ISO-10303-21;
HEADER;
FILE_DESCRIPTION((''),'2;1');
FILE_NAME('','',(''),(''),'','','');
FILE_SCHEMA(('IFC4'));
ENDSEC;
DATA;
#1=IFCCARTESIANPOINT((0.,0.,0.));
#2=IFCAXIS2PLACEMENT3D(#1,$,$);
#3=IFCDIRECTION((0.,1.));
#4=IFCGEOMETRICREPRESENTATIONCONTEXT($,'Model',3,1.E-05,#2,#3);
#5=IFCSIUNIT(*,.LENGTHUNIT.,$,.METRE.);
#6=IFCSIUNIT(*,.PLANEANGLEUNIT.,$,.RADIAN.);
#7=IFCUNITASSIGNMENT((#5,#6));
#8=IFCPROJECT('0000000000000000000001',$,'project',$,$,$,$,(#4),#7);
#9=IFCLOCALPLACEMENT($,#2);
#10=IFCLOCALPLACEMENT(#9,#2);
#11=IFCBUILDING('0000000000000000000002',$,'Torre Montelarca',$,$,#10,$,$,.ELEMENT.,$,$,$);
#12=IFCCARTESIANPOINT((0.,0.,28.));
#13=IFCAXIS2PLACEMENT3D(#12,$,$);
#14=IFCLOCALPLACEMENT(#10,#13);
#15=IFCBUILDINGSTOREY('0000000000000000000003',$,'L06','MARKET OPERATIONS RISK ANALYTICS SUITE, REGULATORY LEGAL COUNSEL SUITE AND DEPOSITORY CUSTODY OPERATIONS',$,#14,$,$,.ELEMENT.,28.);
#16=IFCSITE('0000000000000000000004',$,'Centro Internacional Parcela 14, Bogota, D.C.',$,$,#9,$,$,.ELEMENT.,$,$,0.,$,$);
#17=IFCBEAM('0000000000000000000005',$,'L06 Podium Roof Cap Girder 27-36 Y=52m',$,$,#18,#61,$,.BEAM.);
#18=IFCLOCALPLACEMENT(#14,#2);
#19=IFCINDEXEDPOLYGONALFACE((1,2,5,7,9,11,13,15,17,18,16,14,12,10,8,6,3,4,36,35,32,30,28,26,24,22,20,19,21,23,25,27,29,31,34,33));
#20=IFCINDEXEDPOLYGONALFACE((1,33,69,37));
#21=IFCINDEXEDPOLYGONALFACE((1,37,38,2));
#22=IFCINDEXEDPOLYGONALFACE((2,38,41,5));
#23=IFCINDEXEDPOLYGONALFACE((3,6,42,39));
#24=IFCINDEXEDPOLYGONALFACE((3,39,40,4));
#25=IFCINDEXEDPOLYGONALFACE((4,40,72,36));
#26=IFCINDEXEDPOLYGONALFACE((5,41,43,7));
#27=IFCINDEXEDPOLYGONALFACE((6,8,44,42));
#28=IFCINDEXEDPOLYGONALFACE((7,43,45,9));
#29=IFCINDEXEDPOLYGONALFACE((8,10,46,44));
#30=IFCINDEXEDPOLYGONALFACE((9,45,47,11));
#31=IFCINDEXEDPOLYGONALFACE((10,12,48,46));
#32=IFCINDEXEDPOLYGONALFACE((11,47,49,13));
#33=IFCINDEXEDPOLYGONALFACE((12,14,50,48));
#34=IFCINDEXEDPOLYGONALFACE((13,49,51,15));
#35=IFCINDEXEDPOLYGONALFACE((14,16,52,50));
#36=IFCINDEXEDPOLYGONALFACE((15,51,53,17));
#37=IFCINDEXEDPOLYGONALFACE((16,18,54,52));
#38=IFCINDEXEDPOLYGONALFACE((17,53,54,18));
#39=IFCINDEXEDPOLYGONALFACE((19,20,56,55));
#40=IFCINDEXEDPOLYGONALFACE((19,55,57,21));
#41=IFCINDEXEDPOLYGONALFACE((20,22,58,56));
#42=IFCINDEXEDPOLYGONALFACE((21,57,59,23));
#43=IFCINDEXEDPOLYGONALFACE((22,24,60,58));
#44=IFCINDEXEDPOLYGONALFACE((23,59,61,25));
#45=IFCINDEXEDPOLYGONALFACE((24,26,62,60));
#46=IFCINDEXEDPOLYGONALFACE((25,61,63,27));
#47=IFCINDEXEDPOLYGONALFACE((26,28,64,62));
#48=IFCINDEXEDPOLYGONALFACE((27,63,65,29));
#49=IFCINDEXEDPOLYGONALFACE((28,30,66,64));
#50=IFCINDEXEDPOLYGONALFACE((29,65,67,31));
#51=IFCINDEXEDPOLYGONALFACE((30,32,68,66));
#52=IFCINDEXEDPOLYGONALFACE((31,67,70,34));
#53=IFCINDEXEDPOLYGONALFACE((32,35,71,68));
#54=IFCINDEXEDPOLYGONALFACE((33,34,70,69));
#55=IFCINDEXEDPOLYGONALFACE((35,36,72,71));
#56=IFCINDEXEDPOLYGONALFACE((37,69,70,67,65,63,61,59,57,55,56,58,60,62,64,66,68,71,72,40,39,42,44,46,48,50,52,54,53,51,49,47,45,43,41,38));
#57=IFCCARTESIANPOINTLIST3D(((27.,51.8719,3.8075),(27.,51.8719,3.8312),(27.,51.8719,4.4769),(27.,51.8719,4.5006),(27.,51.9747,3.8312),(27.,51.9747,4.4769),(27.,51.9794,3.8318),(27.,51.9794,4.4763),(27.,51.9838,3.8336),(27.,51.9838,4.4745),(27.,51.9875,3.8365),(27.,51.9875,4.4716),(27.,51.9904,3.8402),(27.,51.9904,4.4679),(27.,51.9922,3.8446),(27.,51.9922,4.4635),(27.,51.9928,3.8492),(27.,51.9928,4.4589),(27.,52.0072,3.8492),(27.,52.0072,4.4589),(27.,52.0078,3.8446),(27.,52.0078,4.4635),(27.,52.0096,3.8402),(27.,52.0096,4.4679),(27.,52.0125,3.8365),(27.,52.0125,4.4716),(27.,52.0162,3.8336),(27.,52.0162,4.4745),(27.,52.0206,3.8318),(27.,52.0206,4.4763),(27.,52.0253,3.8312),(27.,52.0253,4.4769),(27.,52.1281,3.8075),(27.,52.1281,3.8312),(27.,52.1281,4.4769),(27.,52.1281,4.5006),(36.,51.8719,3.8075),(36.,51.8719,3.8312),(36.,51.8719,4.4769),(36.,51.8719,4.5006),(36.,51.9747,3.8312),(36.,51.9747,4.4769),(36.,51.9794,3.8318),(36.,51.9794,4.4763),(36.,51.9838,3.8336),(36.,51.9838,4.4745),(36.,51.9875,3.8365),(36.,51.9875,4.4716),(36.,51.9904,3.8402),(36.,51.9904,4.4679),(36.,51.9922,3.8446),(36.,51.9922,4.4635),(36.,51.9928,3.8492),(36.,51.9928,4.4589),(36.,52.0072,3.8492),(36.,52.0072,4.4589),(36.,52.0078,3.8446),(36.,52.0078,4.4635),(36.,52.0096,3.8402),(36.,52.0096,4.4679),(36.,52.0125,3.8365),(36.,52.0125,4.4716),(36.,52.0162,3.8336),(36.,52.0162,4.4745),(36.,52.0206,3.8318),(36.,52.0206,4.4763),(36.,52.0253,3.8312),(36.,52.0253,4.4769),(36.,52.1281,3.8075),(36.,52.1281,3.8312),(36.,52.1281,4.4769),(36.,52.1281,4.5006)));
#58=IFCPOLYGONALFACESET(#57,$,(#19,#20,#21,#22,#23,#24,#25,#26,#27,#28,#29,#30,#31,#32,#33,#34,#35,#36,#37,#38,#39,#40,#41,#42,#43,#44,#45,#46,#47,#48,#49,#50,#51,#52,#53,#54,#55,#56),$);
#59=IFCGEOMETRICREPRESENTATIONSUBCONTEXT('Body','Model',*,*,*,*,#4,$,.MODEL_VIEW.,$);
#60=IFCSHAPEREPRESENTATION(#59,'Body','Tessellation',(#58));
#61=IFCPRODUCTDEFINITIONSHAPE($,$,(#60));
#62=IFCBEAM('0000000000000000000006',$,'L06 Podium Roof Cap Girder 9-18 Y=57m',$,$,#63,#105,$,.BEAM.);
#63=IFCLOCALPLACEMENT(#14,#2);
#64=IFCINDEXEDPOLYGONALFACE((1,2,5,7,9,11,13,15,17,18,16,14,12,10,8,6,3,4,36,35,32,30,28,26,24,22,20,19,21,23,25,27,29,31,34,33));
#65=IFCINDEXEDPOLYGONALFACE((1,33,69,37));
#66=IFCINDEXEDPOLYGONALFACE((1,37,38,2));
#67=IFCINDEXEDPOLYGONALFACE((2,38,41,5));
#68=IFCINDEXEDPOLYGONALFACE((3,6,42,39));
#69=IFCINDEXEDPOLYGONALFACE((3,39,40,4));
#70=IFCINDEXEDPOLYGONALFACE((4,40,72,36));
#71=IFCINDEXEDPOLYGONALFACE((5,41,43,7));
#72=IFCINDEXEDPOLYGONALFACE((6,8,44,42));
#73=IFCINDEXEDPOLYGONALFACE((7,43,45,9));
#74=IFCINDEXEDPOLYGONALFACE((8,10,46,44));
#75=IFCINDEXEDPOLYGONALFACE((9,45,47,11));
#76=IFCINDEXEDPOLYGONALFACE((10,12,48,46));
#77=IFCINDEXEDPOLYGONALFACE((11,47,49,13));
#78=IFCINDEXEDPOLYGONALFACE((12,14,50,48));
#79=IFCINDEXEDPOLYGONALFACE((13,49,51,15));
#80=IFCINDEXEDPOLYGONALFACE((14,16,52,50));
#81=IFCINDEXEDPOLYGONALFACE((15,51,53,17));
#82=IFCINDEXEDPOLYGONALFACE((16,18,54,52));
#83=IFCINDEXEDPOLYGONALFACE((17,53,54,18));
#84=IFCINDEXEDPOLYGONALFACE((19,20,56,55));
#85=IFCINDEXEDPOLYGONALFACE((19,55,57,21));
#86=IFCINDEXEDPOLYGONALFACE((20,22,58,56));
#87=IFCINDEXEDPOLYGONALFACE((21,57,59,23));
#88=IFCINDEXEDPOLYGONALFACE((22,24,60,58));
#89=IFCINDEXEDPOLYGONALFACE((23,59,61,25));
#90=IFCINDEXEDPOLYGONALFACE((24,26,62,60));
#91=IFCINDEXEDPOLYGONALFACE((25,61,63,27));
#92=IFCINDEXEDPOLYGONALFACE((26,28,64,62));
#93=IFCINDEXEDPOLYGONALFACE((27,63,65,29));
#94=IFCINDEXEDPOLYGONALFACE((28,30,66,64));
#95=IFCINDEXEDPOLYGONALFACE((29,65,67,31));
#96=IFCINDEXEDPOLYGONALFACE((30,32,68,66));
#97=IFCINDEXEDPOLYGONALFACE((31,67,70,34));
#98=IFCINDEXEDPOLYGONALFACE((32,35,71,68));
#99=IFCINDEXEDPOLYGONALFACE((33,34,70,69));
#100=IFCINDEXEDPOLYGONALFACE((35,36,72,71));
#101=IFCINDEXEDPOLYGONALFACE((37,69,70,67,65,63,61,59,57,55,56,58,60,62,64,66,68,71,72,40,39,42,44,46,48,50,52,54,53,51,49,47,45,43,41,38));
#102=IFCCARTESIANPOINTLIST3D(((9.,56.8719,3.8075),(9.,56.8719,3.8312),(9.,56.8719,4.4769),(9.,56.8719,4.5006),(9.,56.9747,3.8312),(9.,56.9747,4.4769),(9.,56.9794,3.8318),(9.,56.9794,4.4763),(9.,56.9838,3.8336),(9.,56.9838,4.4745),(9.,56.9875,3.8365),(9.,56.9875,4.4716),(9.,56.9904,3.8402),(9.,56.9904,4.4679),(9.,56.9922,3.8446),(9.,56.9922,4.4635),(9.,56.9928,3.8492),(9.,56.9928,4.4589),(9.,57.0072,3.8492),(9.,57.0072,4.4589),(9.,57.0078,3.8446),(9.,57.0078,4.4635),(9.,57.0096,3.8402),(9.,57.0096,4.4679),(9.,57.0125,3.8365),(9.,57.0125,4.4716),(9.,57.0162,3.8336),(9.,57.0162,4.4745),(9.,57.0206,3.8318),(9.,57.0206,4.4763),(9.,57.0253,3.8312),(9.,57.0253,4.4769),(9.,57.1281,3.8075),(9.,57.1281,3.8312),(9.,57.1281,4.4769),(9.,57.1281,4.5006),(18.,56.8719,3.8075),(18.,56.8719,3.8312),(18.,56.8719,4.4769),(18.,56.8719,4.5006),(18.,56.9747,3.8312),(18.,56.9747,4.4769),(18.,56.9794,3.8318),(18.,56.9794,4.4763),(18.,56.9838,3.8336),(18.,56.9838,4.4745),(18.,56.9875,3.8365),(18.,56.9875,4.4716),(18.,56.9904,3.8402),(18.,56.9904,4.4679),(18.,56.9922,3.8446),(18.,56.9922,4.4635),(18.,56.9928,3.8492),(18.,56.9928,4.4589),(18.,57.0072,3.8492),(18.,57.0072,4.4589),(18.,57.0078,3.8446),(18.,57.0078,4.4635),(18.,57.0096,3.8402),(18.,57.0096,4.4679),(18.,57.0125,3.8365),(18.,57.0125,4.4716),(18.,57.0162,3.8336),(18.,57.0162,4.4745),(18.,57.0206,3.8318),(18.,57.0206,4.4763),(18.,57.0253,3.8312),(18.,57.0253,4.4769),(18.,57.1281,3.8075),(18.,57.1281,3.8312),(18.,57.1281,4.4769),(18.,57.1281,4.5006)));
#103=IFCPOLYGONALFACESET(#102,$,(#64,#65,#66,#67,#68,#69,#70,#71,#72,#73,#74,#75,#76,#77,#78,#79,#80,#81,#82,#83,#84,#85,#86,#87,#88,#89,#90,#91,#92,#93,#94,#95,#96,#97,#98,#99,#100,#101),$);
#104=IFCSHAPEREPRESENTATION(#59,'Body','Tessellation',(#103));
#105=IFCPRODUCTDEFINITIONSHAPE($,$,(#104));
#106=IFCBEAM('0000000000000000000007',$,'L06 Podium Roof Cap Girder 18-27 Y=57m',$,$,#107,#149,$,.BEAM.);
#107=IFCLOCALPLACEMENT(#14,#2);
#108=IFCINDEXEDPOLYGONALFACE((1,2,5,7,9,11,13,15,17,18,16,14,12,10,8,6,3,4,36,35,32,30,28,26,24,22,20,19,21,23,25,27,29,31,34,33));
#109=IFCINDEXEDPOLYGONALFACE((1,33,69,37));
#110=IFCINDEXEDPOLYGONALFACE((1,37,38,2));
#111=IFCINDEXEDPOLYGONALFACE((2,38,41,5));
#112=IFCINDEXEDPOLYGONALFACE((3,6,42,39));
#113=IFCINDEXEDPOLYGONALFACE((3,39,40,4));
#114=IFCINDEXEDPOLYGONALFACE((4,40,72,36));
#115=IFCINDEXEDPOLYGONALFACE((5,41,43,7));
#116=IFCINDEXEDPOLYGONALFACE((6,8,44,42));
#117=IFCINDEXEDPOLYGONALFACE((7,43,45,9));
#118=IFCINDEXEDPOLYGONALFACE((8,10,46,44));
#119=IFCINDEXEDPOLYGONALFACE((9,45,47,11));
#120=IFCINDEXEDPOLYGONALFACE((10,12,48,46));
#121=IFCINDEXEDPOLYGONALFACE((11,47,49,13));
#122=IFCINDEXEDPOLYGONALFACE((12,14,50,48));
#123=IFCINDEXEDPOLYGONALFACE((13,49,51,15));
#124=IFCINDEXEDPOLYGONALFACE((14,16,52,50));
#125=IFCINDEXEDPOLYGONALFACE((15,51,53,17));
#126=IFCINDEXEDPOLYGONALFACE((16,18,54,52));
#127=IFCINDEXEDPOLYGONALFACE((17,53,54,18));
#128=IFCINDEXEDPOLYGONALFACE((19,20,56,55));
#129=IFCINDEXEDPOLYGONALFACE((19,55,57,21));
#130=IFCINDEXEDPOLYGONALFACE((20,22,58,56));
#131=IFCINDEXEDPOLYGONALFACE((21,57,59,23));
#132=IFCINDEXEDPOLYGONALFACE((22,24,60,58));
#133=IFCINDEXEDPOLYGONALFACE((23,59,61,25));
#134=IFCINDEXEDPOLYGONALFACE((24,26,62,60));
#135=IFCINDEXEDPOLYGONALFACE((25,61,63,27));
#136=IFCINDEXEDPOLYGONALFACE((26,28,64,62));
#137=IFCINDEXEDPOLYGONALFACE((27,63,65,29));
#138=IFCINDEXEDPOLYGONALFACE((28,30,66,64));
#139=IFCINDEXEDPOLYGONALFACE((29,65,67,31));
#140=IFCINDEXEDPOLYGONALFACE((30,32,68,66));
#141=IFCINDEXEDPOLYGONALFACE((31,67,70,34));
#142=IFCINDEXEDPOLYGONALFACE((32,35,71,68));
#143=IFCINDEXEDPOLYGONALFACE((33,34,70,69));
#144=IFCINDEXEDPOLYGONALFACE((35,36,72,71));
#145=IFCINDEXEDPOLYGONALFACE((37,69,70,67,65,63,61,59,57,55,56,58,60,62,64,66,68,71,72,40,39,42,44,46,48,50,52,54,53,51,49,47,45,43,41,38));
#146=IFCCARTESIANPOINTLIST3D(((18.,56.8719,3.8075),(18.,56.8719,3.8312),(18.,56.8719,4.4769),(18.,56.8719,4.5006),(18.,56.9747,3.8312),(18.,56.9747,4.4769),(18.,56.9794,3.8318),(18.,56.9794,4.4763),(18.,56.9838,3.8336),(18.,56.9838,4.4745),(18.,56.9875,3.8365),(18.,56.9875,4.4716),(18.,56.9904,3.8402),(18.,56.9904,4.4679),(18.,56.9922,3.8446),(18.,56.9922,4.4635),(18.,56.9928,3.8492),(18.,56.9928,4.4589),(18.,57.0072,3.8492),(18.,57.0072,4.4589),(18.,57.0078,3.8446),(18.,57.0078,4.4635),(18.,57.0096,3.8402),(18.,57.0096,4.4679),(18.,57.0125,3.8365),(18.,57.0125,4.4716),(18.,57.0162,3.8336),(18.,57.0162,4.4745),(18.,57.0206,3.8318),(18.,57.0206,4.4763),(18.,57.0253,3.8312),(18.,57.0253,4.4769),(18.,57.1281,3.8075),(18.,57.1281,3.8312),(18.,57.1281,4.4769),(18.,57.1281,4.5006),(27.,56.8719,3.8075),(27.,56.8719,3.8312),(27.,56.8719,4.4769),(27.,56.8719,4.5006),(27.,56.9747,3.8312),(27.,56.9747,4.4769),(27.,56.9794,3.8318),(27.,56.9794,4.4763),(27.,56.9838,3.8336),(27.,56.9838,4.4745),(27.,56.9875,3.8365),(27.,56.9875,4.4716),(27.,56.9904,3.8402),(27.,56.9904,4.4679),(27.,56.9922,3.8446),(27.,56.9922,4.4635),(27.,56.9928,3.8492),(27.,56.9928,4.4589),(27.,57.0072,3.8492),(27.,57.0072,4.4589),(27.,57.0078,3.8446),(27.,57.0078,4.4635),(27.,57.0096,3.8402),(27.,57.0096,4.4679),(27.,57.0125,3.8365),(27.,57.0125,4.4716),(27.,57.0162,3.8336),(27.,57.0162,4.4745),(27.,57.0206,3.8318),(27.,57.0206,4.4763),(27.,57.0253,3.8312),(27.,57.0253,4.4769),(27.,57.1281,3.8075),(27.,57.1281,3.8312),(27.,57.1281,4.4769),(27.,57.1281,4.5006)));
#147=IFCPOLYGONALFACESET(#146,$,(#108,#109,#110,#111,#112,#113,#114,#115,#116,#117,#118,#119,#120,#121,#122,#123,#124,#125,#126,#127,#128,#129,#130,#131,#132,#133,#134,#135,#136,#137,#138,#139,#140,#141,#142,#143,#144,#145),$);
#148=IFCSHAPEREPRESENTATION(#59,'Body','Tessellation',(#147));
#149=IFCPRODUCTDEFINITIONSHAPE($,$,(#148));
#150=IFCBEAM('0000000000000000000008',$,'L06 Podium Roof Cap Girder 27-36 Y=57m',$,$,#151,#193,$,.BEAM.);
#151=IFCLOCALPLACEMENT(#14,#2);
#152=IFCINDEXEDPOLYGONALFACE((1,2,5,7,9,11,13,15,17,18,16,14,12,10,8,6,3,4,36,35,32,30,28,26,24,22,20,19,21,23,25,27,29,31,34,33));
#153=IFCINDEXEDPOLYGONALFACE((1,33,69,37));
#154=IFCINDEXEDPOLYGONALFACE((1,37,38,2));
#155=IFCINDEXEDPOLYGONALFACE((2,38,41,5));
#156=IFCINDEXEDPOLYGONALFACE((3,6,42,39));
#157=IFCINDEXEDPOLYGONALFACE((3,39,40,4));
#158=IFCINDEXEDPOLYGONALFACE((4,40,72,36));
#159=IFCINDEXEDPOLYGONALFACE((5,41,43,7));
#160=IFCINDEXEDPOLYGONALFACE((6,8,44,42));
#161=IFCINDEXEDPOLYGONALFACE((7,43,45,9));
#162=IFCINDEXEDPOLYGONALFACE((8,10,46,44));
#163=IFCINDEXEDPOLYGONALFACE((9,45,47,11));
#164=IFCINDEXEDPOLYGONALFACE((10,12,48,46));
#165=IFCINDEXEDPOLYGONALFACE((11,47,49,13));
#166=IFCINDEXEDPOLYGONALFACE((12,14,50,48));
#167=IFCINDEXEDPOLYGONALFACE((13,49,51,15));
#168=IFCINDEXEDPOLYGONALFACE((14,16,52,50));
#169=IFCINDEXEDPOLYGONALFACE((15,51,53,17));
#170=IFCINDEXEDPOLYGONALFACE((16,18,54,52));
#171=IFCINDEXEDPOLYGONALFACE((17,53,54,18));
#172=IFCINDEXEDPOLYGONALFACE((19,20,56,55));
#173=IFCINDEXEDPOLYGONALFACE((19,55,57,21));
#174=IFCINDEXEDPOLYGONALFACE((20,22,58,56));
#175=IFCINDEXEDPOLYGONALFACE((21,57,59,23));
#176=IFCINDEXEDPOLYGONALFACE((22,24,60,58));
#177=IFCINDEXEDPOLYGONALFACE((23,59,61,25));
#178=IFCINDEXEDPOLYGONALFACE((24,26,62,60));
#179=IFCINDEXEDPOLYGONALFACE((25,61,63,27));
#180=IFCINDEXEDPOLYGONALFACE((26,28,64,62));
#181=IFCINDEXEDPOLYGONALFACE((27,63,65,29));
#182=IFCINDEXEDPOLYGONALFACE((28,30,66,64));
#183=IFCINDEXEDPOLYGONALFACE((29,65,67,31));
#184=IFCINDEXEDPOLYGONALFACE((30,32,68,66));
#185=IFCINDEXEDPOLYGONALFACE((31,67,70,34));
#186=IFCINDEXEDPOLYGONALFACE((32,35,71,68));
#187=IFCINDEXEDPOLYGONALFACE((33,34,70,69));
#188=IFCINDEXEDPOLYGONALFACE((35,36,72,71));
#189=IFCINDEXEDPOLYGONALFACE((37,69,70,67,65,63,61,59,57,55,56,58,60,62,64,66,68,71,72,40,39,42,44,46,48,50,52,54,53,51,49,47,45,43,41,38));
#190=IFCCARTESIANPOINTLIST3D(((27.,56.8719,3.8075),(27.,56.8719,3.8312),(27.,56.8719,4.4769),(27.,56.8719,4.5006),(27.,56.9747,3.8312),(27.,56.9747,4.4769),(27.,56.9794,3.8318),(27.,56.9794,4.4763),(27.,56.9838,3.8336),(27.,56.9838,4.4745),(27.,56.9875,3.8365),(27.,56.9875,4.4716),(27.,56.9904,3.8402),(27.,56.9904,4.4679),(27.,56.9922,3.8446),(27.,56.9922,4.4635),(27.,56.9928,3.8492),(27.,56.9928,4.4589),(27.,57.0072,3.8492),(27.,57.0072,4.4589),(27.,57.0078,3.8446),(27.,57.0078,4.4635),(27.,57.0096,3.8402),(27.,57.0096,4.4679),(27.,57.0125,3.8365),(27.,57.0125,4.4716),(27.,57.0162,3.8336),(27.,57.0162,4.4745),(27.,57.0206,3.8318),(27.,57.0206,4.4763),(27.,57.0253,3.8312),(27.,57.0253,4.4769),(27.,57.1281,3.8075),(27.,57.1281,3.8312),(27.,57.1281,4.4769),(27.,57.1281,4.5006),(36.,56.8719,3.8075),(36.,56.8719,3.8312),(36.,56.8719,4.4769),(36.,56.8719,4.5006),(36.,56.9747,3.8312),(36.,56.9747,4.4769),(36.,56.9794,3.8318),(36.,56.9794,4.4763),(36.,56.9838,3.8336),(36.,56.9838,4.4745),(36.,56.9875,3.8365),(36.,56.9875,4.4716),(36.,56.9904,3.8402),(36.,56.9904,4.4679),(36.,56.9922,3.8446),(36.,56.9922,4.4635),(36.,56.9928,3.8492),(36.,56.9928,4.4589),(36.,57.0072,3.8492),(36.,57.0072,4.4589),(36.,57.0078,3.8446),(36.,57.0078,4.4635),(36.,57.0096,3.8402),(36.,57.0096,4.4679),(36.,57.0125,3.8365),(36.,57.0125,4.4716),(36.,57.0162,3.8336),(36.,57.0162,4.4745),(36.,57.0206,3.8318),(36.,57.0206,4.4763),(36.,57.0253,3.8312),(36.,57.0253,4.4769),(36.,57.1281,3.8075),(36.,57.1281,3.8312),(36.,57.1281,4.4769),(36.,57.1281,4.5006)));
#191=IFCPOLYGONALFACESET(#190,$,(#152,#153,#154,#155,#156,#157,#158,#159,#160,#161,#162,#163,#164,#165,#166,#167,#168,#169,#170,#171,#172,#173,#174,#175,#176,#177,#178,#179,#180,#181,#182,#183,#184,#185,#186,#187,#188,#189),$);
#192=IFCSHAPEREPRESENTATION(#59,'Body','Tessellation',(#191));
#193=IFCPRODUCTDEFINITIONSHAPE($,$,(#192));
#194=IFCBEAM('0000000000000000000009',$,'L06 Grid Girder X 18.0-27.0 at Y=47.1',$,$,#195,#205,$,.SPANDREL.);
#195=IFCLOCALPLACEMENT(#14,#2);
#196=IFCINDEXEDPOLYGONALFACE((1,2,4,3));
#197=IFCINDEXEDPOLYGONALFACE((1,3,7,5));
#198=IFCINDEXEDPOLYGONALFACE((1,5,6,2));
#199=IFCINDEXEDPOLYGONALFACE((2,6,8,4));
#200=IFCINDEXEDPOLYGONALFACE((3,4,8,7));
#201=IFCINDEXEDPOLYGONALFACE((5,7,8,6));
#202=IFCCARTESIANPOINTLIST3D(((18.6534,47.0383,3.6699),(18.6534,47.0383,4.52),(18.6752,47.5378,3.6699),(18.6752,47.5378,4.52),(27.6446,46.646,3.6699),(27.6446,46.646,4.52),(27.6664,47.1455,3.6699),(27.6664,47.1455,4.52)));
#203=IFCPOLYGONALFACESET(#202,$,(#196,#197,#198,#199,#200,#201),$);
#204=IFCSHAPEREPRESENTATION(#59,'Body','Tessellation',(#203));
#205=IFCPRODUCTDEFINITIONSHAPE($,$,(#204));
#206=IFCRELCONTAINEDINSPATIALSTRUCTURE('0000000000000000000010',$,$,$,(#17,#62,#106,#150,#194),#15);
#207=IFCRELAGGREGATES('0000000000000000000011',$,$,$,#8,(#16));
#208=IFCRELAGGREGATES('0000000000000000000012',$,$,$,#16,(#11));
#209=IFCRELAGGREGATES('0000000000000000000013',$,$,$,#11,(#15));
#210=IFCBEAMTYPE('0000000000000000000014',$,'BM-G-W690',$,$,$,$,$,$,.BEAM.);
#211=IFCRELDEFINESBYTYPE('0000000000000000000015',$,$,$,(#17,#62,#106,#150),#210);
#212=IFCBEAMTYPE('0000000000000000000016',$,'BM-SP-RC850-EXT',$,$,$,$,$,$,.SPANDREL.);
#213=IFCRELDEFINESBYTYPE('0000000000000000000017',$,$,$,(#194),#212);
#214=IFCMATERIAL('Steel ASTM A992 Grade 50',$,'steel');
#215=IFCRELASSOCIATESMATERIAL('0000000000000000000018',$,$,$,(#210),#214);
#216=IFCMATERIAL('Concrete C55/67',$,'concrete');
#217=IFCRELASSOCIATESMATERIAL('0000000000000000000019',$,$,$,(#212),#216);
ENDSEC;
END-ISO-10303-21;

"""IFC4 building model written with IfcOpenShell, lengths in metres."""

from ifc_helpers import new_model, si_unit, direction, frame, origin, origin_2d, place, context, subcontext, project, spatial, rectangle, i_section, extrude, source, transform, mapped, material, material_profile, profile_set, type_object, element, save


model = new_model("IFC4")

# Units and contexts
model_context = context("Model", 3, precision=1e-05, world=origin(), true_north=direction((0.0, 1.0)))
body_context = subcontext(model_context, "Body", "Model", "MODEL_VIEW")
ifc_project = project(units=[si_unit("LENGTHUNIT", "METRE"), si_unit("PLANEANGLEUNIT", "RADIAN")], contexts=[model_context])

# Site, building, storey
site_placement = place(None, origin())
site = spatial("IfcSite", under=ifc_project, at=site_placement, Name="Centro Internacional Parcela 14, Bogota, D.C.", CompositionType="ELEMENT", RefElevation=0.0)
building_placement = place(site_placement, origin())
building = spatial("IfcBuilding", under=site, at=building_placement, Name="Torre Montelarca", CompositionType="ELEMENT")
storey_placement = place(building_placement, frame((0.0, 0.0, 28.0)))
storey = spatial("IfcBuildingStorey", under=building, at=storey_placement, Name="L06", Description="MARKET OPERATIONS RISK ANALYTICS SUITE, REGULATORY LEGAL COUNSEL SUITE AND DEPOSITORY CUSTODY OPERATIONS", CompositionType="ELEMENT", Elevation=28.0)

# Beams
ifc_material_1 = material(Name="Steel ASTM A992 Grade 50", Category="steel")
ifc_material_profile_1 = material_profile(ifc_material_1, i_section(OverallWidth=0.2561, OverallDepth=0.6931, WebThickness=0.0144, FlangeThickness=0.0237, FilletRadius=0.0181, at=origin_2d()), Name="W690X170", Category="steel")
ifc_profile_set_1 = profile_set([ifc_material_profile_1], Name="Steel ASTM A992 Grade 50")
beam_type_1 = type_object("IfcBeamType", Name="BM-G-W690", PredefinedType="BEAM", material=ifc_profile_set_1)
shared_shape_1 = source(origin(), body_context, "Body", "SweptSolid", [
    extrude(i_section(OverallWidth=0.2561, OverallDepth=0.6931, WebThickness=0.0144, FlangeThickness=0.0237, FilletRadius=0.0181, at=origin_2d()), origin(), (0.0, 0.0, 1.0), 9.0),
])
for number, where, z_axis, x_axis, name in (
    (1, (27.0, 52.0, 4.1541), (1.0, 0.0, 0.0), (0.0, 1.0, 0.0), "L06 Podium Roof Cap Girder 27-36 Y=52m"),
    (2, (9.0, 57.0, 4.1541), (1.0, 0.0, 0.0), (0.0, 1.0, 0.0), "L06 Podium Roof Cap Girder 9-18 Y=57m"),
    (3, (18.0, 57.0, 4.1541), (1.0, 0.0, 0.0), (0.0, 1.0, 0.0), "L06 Podium Roof Cap Girder 18-27 Y=57m"),
    (4, (27.0, 57.0, 4.1541), (1.0, 0.0, 0.0), (0.0, 1.0, 0.0), "L06 Podium Roof Cap Girder 27-36 Y=57m"),
):
    element("IfcBeam", number, at=place(storey_placement, frame(where, z_axis=z_axis, x_axis=x_axis)), inside=storey, type_object=beam_type_1, Name=name, PredefinedType="BEAM", context=body_context, shape_type="MappedRepresentation", body=[
        mapped(shared_shape_1, transform((0.0, 0.0, 0.0), scale=1.0)),
    ])
ifc_material_2 = material(Name="Concrete C55/67", Category="concrete")
ifc_material_profile_2 = material_profile(ifc_material_2, rectangle(XDim=0.5, YDim=0.8501, at=origin_2d()), Name="RCB500X850", Category="concrete")
ifc_profile_set_2 = profile_set([ifc_material_profile_2], Name="Concrete C55/67")
beam_type_2 = type_object("IfcBeamType", Name="BM-SP-RC850-EXT", PredefinedType="SPANDREL", material=ifc_profile_set_2)
shared_shape_2 = source(origin(), body_context, "Body", "SweptSolid", [
    extrude(rectangle(XDim=0.5, YDim=0.8501, at=origin_2d()), origin(), (0.0, 0.0, 1.0), 8.9998),
])
beam_1_placement = place(storey_placement, frame((18.6643, 47.2881, 4.095), z_axis=(0.999049, -0.043594, 0.0), x_axis=(0.043594, 0.999049, 0.0)))
element("IfcBeam", 5, at=beam_1_placement, inside=storey, type_object=beam_type_2, Name="L06 Grid Girder X 18.0-27.0 at Y=47.1", PredefinedType="SPANDREL", context=body_context, shape_type="MappedRepresentation", body=[
    mapped(shared_shape_2, transform((0.0, 0.0, 0.0), scale=1.0)),
])

save(model, "model.ifc")
